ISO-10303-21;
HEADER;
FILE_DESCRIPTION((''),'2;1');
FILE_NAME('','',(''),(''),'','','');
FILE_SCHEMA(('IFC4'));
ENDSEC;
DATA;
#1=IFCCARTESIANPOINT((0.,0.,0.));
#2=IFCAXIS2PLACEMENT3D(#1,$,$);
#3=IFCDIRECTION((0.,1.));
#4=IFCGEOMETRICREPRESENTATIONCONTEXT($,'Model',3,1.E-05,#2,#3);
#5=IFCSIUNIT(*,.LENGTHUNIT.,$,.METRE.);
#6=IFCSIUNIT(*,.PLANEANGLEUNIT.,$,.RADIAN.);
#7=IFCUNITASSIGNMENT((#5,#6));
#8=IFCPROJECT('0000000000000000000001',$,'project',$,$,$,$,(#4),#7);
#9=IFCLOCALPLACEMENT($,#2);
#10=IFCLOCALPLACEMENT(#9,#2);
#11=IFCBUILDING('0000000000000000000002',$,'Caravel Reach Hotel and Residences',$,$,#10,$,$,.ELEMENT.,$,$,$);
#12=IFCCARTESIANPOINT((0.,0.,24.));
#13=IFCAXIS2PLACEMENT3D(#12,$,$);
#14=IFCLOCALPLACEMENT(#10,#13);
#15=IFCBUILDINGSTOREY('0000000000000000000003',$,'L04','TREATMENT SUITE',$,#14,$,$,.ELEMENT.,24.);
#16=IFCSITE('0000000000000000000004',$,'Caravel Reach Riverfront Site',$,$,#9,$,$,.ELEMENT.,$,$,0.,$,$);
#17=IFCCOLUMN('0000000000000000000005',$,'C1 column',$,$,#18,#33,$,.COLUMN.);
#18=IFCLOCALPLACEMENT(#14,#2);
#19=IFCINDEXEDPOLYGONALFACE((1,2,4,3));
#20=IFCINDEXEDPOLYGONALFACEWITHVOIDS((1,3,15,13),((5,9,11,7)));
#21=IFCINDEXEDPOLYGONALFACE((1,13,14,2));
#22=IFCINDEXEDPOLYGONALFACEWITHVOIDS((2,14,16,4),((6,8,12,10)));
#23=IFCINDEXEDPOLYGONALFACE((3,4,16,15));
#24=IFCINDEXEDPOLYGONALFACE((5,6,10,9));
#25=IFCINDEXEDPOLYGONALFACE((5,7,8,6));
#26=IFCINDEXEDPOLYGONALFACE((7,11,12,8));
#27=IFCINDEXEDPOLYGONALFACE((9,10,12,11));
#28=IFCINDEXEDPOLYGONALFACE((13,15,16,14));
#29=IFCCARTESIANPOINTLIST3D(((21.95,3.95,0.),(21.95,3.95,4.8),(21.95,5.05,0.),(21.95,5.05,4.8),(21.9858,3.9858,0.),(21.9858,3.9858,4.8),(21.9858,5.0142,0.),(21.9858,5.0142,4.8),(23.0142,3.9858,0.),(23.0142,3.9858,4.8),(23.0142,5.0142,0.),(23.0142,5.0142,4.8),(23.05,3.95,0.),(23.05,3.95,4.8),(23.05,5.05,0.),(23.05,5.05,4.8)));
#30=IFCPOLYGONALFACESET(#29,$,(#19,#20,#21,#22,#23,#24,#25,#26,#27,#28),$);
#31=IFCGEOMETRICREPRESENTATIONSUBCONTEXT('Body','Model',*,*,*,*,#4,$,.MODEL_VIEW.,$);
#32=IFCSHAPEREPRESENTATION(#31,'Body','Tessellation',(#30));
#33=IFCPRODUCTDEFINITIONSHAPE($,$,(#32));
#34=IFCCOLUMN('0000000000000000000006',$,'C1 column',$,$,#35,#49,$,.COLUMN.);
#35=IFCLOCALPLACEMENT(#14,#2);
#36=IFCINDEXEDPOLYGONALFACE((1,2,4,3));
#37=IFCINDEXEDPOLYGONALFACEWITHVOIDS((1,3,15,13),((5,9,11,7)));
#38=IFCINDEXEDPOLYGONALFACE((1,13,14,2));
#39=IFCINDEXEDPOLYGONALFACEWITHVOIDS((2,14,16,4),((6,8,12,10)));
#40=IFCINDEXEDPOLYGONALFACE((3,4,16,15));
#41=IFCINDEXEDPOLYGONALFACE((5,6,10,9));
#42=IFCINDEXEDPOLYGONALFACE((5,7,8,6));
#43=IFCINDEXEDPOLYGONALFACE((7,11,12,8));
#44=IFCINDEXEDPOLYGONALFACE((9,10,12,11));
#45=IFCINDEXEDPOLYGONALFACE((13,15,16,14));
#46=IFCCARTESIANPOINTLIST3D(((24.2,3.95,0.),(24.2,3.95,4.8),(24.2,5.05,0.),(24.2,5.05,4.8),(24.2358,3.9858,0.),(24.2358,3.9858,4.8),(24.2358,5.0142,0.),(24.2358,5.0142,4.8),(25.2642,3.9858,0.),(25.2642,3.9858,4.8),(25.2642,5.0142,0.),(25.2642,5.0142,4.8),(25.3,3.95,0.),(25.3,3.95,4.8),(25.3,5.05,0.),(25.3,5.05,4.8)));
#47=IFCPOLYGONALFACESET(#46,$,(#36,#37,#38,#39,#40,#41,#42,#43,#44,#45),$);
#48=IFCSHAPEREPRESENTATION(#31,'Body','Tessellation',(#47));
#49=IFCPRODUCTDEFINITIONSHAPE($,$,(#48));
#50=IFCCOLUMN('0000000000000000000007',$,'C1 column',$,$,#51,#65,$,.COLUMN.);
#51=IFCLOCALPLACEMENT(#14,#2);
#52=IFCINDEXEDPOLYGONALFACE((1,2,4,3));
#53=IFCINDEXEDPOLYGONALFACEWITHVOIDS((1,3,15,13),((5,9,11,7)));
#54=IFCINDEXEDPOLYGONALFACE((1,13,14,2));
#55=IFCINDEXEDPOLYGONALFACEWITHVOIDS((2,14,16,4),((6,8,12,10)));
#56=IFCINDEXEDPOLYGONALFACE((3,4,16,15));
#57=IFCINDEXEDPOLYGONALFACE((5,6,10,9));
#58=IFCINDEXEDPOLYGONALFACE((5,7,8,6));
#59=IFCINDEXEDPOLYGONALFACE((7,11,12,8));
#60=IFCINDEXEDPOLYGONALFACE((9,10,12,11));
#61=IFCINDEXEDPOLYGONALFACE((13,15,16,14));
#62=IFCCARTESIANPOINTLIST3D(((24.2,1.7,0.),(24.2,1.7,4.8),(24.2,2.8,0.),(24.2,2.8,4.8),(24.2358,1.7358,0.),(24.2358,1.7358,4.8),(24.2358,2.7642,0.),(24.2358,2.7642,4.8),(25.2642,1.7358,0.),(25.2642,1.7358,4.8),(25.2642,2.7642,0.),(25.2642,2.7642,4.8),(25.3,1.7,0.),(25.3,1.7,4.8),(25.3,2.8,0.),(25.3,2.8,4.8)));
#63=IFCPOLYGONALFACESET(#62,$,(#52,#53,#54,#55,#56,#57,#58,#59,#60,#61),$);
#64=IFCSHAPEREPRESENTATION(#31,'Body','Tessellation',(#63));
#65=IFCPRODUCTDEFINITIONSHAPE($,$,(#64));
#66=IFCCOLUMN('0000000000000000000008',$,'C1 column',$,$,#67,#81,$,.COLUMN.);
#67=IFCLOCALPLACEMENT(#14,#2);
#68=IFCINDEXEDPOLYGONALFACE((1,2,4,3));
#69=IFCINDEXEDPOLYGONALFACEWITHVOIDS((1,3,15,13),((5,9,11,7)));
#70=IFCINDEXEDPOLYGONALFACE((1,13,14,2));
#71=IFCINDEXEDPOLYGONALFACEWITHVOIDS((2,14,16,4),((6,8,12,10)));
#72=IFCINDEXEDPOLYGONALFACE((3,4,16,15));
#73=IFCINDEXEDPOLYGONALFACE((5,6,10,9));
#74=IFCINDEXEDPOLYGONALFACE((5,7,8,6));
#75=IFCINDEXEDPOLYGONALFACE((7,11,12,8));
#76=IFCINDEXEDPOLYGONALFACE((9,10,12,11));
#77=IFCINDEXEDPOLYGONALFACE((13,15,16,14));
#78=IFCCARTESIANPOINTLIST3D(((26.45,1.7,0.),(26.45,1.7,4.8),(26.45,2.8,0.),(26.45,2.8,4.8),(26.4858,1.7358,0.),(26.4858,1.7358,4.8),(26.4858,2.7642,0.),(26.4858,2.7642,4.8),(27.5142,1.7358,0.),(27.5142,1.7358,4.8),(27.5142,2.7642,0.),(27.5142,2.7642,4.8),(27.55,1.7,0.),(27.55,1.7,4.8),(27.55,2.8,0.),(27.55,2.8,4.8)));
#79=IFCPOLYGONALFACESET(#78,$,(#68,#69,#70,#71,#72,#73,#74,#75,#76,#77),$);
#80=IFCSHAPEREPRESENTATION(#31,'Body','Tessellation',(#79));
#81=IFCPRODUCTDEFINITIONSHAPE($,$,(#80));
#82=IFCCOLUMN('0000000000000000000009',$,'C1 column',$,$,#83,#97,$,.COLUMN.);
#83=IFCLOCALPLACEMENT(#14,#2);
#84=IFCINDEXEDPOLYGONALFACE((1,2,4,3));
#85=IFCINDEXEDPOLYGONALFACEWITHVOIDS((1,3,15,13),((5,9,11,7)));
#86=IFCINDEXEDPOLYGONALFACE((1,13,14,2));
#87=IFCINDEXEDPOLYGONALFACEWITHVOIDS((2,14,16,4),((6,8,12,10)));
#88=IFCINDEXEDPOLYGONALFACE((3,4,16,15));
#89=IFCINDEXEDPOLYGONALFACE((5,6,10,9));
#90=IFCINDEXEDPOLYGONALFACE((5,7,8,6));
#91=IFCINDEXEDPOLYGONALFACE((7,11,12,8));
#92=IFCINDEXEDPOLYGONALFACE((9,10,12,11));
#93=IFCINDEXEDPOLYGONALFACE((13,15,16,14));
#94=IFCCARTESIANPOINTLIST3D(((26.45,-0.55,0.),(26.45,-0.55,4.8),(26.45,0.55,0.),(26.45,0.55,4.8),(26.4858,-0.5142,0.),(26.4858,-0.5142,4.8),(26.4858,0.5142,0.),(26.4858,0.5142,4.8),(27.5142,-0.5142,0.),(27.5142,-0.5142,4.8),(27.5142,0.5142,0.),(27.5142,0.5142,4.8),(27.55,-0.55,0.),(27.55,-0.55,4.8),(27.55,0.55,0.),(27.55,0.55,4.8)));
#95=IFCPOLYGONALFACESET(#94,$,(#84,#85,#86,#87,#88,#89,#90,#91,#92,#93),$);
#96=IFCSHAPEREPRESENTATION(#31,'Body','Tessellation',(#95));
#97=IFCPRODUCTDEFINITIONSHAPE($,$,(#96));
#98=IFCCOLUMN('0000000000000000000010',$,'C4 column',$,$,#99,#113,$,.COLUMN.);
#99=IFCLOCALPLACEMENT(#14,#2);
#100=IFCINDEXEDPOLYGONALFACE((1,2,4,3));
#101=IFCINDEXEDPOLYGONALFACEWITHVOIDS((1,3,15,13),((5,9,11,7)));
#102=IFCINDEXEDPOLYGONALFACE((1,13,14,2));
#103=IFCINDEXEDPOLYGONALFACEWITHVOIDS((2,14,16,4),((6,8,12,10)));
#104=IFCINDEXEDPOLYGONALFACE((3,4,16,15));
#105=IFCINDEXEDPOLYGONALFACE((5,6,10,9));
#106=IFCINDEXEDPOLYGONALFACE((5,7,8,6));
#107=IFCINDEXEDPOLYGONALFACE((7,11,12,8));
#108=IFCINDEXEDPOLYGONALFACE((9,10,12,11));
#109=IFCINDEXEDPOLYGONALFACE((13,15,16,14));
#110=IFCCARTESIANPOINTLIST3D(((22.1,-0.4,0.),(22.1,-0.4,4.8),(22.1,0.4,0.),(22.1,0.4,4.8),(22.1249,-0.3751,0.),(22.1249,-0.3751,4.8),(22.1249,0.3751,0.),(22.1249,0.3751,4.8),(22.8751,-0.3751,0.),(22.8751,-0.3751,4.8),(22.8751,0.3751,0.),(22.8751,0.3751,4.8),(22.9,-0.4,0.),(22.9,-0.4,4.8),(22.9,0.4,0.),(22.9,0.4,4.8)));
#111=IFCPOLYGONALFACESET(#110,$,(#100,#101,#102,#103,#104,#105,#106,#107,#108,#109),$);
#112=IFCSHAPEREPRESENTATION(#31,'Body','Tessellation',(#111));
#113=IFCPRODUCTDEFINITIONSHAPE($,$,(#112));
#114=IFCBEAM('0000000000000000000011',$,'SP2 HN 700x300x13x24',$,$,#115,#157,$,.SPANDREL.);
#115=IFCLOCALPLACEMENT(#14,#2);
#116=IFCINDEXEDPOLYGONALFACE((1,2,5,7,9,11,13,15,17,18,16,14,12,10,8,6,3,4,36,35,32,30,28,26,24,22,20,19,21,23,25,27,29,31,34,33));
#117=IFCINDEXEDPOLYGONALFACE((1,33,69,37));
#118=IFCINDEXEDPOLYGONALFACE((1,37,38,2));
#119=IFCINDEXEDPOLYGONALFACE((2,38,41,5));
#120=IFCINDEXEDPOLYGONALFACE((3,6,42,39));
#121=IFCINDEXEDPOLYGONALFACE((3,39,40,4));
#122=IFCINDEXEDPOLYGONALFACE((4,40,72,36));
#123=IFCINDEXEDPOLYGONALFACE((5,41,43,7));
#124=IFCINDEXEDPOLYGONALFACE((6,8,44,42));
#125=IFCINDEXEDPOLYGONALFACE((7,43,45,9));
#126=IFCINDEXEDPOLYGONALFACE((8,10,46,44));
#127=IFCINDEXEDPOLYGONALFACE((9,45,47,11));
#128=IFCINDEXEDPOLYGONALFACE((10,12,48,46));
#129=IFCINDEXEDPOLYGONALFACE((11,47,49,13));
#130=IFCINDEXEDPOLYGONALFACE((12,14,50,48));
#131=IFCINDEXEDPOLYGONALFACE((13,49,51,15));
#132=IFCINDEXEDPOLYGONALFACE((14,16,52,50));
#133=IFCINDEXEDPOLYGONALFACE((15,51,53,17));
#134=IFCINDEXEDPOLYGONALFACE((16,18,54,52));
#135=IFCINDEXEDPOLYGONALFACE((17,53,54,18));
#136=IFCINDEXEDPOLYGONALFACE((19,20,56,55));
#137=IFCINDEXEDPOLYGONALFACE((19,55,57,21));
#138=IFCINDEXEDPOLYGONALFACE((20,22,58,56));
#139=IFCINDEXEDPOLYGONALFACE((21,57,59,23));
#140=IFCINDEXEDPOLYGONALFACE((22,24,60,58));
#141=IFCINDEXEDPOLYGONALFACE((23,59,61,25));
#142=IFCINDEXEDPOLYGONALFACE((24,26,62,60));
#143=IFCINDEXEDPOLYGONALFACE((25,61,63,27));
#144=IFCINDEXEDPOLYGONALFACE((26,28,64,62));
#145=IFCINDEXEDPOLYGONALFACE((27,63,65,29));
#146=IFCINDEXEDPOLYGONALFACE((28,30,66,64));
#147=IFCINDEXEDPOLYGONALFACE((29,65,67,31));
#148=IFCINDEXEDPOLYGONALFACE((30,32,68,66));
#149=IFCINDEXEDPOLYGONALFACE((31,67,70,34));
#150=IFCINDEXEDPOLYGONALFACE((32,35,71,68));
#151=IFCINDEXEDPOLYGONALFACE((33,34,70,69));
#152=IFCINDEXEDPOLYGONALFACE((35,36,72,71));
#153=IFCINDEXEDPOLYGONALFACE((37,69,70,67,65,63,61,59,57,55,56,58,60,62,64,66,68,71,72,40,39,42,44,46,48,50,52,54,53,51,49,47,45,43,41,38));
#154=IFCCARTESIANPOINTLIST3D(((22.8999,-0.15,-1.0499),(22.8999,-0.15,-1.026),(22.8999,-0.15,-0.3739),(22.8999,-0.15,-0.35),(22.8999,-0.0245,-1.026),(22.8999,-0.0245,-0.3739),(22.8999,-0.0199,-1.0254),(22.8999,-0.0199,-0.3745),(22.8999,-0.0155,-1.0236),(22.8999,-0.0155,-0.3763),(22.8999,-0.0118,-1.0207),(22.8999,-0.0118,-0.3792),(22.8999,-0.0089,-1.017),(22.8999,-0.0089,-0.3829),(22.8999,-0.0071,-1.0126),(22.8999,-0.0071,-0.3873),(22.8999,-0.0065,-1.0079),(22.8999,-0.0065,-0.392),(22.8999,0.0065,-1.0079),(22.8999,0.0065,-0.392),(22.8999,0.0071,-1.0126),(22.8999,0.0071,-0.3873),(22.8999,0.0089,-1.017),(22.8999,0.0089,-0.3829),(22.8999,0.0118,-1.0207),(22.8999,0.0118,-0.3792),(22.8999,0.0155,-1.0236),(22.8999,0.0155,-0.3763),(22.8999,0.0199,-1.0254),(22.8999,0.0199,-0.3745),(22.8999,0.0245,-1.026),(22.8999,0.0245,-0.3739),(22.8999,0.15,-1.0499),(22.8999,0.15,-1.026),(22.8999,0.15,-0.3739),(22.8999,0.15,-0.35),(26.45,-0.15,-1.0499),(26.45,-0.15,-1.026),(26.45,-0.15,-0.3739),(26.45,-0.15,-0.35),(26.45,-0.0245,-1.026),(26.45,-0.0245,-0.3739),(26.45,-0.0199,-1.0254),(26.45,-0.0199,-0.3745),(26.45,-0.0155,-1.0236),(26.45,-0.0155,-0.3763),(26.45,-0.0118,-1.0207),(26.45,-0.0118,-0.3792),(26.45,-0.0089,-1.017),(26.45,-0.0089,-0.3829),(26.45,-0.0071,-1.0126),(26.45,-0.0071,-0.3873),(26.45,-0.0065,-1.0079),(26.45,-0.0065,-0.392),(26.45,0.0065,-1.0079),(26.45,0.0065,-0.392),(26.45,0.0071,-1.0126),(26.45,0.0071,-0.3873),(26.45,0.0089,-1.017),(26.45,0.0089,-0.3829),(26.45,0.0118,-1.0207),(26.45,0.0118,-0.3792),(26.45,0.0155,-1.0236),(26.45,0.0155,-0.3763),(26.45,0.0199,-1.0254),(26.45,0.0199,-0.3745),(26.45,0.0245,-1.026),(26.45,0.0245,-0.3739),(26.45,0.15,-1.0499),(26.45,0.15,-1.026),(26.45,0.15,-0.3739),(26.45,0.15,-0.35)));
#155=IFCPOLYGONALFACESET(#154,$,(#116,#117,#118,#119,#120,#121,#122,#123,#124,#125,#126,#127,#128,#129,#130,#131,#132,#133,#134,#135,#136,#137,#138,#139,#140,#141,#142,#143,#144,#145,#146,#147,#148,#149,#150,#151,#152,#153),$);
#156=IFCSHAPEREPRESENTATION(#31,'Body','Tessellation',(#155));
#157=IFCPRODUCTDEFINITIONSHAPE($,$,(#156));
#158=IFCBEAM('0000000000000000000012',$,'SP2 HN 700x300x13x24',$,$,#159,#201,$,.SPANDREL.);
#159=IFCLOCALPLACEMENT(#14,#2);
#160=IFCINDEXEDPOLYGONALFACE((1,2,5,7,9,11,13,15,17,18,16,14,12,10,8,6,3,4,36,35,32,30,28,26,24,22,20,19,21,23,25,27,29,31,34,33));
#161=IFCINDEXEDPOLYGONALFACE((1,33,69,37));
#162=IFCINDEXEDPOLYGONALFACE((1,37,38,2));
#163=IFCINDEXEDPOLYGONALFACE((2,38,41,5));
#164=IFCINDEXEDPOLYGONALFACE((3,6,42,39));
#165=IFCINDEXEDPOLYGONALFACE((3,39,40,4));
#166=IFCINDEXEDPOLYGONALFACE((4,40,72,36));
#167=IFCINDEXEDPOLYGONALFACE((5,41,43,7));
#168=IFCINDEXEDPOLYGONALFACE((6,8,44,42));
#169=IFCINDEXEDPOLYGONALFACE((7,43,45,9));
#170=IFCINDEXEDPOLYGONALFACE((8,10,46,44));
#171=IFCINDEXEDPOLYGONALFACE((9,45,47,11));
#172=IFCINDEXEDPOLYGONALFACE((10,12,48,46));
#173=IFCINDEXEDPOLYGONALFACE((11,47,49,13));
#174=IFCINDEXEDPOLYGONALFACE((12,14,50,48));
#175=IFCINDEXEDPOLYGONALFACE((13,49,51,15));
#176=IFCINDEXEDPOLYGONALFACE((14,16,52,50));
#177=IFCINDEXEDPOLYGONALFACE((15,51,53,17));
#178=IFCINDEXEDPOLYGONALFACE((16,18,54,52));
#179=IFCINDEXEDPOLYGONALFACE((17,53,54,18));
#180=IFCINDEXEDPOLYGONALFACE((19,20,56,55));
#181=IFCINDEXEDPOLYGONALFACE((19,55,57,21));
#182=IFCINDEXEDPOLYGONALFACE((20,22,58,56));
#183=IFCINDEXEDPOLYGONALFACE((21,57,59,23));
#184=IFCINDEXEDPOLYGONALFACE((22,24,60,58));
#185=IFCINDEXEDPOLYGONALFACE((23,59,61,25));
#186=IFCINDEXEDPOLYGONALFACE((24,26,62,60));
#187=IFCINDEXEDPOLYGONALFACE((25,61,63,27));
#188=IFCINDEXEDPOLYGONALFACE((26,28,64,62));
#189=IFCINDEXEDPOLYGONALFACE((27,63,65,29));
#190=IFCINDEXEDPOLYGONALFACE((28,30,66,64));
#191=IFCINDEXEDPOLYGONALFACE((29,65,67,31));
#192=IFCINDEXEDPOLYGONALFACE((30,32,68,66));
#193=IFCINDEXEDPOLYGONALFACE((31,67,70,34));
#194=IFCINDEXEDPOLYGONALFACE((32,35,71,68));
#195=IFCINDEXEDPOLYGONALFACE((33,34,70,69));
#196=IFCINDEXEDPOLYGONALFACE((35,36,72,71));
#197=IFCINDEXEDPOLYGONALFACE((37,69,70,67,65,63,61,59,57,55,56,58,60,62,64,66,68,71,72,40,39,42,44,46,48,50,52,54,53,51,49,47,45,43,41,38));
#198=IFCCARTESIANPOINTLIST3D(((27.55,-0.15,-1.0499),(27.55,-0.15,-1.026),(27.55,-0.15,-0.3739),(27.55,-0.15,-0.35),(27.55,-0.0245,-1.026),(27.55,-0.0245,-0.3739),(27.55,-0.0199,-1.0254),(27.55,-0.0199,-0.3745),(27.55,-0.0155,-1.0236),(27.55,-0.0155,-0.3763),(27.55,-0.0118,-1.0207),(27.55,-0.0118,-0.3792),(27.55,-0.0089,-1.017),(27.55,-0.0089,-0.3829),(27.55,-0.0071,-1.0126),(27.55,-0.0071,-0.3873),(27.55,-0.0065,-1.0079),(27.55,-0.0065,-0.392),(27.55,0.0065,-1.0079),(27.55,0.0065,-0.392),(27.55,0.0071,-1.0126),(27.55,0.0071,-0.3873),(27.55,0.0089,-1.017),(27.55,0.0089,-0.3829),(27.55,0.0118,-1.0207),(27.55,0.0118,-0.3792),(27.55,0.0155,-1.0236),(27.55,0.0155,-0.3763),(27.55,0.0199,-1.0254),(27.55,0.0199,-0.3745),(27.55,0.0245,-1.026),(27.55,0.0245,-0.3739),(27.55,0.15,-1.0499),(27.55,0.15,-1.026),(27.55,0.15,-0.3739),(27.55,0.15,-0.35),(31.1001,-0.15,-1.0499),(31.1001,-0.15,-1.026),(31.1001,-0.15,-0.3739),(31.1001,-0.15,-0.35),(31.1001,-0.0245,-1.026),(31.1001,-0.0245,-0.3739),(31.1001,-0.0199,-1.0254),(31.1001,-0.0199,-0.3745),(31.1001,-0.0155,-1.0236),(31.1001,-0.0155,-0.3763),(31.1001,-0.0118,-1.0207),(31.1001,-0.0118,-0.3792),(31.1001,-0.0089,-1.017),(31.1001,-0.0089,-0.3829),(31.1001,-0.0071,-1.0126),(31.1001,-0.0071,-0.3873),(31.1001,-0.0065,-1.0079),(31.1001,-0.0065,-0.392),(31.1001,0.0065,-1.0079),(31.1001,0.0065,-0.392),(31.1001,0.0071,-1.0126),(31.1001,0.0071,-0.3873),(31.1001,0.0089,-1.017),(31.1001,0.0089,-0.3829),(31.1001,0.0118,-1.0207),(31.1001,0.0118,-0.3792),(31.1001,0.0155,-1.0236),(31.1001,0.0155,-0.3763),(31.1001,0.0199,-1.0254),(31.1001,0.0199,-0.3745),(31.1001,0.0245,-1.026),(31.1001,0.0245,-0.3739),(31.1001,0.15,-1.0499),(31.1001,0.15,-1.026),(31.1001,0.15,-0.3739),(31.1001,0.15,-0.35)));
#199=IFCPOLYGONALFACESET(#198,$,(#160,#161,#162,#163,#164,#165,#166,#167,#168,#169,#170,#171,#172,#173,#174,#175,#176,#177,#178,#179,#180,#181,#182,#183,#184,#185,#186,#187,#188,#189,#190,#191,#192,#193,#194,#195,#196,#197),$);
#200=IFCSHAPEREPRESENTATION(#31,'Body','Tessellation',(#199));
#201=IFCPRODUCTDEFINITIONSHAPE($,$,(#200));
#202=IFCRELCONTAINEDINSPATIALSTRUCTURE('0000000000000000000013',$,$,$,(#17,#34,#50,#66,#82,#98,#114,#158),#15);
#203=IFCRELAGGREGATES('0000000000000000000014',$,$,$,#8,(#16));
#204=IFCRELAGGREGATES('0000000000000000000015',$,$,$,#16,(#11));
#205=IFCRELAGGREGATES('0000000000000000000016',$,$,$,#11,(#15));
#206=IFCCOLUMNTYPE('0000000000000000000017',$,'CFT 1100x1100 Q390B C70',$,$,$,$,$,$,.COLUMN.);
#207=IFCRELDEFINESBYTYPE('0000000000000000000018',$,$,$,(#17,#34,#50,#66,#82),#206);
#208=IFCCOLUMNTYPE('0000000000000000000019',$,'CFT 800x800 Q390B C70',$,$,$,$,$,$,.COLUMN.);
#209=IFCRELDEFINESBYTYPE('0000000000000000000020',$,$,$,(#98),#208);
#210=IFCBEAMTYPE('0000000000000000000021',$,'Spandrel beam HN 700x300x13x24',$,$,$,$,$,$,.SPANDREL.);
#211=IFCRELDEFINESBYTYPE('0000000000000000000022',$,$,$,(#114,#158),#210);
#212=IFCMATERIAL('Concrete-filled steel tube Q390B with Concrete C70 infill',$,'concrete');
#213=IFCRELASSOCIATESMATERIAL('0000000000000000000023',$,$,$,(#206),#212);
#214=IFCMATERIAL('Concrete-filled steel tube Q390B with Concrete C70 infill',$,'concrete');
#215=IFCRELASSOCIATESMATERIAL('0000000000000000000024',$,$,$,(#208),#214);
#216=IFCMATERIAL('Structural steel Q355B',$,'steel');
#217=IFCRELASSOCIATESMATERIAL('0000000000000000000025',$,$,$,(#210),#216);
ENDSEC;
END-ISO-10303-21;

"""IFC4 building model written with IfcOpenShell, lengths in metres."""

from ifc_helpers import new_model, si_unit, direction, frame, origin, origin_2d, place, context, subcontext, project, spatial, hollow_rectangle, i_section, extrude, material, material_profile, profile_set, type_object, element, save


model = new_model("IFC4")

# Units and contexts
model_context = context("Model", 3, precision=1e-05, world=origin(), true_north=direction((0.0, 1.0)))
body_context = subcontext(model_context, "Body", "Model", "MODEL_VIEW")
ifc_project = project(units=[si_unit("LENGTHUNIT", "METRE"), si_unit("PLANEANGLEUNIT", "RADIAN")], contexts=[model_context])

# Site, building, storey
site_placement = place(None, origin())
site = spatial("IfcSite", under=ifc_project, at=site_placement, Name="Caravel Reach Riverfront Site", CompositionType="ELEMENT", RefElevation=0.0)
building_placement = place(site_placement, origin())
building = spatial("IfcBuilding", under=site, at=building_placement, Name="Caravel Reach Hotel and Residences", CompositionType="ELEMENT")
storey_placement = place(building_placement, frame((0.0, 0.0, 24.0)))
storey = spatial("IfcBuildingStorey", under=building, at=storey_placement, Name="L04", Description="TREATMENT SUITE", CompositionType="ELEMENT", Elevation=24.0)

# Columns
ifc_material_1 = material(Name="Concrete-filled steel tube Q390B with Concrete C70 infill", Category="concrete")
ifc_material_profile_1 = material_profile(ifc_material_1, hollow_rectangle(XDim=1.1001, YDim=1.1001, WallThickness=0.0359, at=origin_2d()), Name="RHS 1100x1100x36")
ifc_profile_set_1 = profile_set([ifc_material_profile_1], Name="Concrete-filled steel tube Q390B with Concrete C70 infill")
column_type_1 = type_object("IfcColumnType", Name="CFT 1100x1100 Q390B C70", PredefinedType="COLUMN", material=ifc_profile_set_1)
for number, where, z_axis, x_axis, name in (
    (1, (22.5, 4.5, 0.0), (0.0, 0.0, 1.0), (1.0, 0.0, 0.0), "C1 column"),
    (2, (24.75, 4.5, 0.0), (0.0, 0.0, 1.0), (1.0, 0.0, 0.0), "C1 column"),
    (3, (24.75, 2.25, 0.0), (0.0, 0.0, 1.0), (1.0, 0.0, 0.0), "C1 column"),
    (4, (27.0, 2.25, 0.0), (0.0, 0.0, 1.0), (1.0, 0.0, 0.0), "C1 column"),
    (5, (27.0, 0.0, 0.0), (0.0, 0.0, 1.0), (1.0, 0.0, 0.0), "C1 column"),
):
    element("IfcColumn", number, at=place(storey_placement, frame(where, z_axis=z_axis, x_axis=x_axis)), inside=storey, type_object=column_type_1, Name=name, PredefinedType="COLUMN", context=body_context, shape_type="SweptSolid", body=[
        extrude(hollow_rectangle(XDim=1.1001, YDim=1.1001, WallThickness=0.0359, at=origin_2d()), origin(), (0.0, 0.0, 1.0), 4.8),
    ])
ifc_material_2 = material(Name="Concrete-filled steel tube Q390B with Concrete C70 infill", Category="concrete")
ifc_material_profile_2 = material_profile(ifc_material_2, hollow_rectangle(XDim=0.8, YDim=0.8, WallThickness=0.0249, at=origin_2d()), Name="RHS 800x800x25")
ifc_profile_set_2 = profile_set([ifc_material_profile_2], Name="Concrete-filled steel tube Q390B with Concrete C70 infill")
column_type_2 = type_object("IfcColumnType", Name="CFT 800x800 Q390B C70", PredefinedType="COLUMN", material=ifc_profile_set_2)
column_placement = place(storey_placement, frame((22.5, 0.0, 0.0), z_axis=(0.0, 0.0, 1.0), x_axis=(1.0, 0.0, 0.0)))
element("IfcColumn", 6, at=column_placement, inside=storey, type_object=column_type_2, Name="C4 column", PredefinedType="COLUMN", context=body_context, shape_type="SweptSolid", body=[
    extrude(hollow_rectangle(XDim=0.8, YDim=0.8, WallThickness=0.0249, at=origin_2d()), origin(), (0.0, 0.0, 1.0), 4.8),
])

# Beams
ifc_material_3 = material(Name="Structural steel Q355B", Category="steel")
ifc_material_profile_3 = material_profile(ifc_material_3, i_section(OverallWidth=0.3, OverallDepth=0.7, WebThickness=0.0129, FlangeThickness=0.0239, FilletRadius=0.0181, at=origin_2d()), Name="HN 700x300x13x24")
ifc_profile_set_3 = profile_set([ifc_material_profile_3], Name="Structural steel Q355B")
beam_type = type_object("IfcBeamType", Name="Spandrel beam HN 700x300x13x24", PredefinedType="SPANDREL", material=ifc_profile_set_3)
for number, where, z_axis, x_axis, name in (
    (7, (22.8999, 0.0, -0.7), (1.0, 0.0, 0.0), (0.0, 1.0, 0.0), "SP2 HN 700x300x13x24"),
    (8, (27.55, 0.0, -0.7), (1.0, 0.0, 0.0), (0.0, 1.0, 0.0), "SP2 HN 700x300x13x24"),
):
    element("IfcBeam", number, at=place(storey_placement, frame(where, z_axis=z_axis, x_axis=x_axis)), inside=storey, type_object=beam_type, Name=name, PredefinedType="SPANDREL", context=body_context, shape_type="SweptSolid", body=[
        extrude(i_section(OverallWidth=0.3, OverallDepth=0.7, WebThickness=0.0129, FlangeThickness=0.0239, FilletRadius=0.0181, at=origin_2d()), origin(), (0.0, 0.0, 1.0), 3.55),
    ])

save(model, "model.ifc")
